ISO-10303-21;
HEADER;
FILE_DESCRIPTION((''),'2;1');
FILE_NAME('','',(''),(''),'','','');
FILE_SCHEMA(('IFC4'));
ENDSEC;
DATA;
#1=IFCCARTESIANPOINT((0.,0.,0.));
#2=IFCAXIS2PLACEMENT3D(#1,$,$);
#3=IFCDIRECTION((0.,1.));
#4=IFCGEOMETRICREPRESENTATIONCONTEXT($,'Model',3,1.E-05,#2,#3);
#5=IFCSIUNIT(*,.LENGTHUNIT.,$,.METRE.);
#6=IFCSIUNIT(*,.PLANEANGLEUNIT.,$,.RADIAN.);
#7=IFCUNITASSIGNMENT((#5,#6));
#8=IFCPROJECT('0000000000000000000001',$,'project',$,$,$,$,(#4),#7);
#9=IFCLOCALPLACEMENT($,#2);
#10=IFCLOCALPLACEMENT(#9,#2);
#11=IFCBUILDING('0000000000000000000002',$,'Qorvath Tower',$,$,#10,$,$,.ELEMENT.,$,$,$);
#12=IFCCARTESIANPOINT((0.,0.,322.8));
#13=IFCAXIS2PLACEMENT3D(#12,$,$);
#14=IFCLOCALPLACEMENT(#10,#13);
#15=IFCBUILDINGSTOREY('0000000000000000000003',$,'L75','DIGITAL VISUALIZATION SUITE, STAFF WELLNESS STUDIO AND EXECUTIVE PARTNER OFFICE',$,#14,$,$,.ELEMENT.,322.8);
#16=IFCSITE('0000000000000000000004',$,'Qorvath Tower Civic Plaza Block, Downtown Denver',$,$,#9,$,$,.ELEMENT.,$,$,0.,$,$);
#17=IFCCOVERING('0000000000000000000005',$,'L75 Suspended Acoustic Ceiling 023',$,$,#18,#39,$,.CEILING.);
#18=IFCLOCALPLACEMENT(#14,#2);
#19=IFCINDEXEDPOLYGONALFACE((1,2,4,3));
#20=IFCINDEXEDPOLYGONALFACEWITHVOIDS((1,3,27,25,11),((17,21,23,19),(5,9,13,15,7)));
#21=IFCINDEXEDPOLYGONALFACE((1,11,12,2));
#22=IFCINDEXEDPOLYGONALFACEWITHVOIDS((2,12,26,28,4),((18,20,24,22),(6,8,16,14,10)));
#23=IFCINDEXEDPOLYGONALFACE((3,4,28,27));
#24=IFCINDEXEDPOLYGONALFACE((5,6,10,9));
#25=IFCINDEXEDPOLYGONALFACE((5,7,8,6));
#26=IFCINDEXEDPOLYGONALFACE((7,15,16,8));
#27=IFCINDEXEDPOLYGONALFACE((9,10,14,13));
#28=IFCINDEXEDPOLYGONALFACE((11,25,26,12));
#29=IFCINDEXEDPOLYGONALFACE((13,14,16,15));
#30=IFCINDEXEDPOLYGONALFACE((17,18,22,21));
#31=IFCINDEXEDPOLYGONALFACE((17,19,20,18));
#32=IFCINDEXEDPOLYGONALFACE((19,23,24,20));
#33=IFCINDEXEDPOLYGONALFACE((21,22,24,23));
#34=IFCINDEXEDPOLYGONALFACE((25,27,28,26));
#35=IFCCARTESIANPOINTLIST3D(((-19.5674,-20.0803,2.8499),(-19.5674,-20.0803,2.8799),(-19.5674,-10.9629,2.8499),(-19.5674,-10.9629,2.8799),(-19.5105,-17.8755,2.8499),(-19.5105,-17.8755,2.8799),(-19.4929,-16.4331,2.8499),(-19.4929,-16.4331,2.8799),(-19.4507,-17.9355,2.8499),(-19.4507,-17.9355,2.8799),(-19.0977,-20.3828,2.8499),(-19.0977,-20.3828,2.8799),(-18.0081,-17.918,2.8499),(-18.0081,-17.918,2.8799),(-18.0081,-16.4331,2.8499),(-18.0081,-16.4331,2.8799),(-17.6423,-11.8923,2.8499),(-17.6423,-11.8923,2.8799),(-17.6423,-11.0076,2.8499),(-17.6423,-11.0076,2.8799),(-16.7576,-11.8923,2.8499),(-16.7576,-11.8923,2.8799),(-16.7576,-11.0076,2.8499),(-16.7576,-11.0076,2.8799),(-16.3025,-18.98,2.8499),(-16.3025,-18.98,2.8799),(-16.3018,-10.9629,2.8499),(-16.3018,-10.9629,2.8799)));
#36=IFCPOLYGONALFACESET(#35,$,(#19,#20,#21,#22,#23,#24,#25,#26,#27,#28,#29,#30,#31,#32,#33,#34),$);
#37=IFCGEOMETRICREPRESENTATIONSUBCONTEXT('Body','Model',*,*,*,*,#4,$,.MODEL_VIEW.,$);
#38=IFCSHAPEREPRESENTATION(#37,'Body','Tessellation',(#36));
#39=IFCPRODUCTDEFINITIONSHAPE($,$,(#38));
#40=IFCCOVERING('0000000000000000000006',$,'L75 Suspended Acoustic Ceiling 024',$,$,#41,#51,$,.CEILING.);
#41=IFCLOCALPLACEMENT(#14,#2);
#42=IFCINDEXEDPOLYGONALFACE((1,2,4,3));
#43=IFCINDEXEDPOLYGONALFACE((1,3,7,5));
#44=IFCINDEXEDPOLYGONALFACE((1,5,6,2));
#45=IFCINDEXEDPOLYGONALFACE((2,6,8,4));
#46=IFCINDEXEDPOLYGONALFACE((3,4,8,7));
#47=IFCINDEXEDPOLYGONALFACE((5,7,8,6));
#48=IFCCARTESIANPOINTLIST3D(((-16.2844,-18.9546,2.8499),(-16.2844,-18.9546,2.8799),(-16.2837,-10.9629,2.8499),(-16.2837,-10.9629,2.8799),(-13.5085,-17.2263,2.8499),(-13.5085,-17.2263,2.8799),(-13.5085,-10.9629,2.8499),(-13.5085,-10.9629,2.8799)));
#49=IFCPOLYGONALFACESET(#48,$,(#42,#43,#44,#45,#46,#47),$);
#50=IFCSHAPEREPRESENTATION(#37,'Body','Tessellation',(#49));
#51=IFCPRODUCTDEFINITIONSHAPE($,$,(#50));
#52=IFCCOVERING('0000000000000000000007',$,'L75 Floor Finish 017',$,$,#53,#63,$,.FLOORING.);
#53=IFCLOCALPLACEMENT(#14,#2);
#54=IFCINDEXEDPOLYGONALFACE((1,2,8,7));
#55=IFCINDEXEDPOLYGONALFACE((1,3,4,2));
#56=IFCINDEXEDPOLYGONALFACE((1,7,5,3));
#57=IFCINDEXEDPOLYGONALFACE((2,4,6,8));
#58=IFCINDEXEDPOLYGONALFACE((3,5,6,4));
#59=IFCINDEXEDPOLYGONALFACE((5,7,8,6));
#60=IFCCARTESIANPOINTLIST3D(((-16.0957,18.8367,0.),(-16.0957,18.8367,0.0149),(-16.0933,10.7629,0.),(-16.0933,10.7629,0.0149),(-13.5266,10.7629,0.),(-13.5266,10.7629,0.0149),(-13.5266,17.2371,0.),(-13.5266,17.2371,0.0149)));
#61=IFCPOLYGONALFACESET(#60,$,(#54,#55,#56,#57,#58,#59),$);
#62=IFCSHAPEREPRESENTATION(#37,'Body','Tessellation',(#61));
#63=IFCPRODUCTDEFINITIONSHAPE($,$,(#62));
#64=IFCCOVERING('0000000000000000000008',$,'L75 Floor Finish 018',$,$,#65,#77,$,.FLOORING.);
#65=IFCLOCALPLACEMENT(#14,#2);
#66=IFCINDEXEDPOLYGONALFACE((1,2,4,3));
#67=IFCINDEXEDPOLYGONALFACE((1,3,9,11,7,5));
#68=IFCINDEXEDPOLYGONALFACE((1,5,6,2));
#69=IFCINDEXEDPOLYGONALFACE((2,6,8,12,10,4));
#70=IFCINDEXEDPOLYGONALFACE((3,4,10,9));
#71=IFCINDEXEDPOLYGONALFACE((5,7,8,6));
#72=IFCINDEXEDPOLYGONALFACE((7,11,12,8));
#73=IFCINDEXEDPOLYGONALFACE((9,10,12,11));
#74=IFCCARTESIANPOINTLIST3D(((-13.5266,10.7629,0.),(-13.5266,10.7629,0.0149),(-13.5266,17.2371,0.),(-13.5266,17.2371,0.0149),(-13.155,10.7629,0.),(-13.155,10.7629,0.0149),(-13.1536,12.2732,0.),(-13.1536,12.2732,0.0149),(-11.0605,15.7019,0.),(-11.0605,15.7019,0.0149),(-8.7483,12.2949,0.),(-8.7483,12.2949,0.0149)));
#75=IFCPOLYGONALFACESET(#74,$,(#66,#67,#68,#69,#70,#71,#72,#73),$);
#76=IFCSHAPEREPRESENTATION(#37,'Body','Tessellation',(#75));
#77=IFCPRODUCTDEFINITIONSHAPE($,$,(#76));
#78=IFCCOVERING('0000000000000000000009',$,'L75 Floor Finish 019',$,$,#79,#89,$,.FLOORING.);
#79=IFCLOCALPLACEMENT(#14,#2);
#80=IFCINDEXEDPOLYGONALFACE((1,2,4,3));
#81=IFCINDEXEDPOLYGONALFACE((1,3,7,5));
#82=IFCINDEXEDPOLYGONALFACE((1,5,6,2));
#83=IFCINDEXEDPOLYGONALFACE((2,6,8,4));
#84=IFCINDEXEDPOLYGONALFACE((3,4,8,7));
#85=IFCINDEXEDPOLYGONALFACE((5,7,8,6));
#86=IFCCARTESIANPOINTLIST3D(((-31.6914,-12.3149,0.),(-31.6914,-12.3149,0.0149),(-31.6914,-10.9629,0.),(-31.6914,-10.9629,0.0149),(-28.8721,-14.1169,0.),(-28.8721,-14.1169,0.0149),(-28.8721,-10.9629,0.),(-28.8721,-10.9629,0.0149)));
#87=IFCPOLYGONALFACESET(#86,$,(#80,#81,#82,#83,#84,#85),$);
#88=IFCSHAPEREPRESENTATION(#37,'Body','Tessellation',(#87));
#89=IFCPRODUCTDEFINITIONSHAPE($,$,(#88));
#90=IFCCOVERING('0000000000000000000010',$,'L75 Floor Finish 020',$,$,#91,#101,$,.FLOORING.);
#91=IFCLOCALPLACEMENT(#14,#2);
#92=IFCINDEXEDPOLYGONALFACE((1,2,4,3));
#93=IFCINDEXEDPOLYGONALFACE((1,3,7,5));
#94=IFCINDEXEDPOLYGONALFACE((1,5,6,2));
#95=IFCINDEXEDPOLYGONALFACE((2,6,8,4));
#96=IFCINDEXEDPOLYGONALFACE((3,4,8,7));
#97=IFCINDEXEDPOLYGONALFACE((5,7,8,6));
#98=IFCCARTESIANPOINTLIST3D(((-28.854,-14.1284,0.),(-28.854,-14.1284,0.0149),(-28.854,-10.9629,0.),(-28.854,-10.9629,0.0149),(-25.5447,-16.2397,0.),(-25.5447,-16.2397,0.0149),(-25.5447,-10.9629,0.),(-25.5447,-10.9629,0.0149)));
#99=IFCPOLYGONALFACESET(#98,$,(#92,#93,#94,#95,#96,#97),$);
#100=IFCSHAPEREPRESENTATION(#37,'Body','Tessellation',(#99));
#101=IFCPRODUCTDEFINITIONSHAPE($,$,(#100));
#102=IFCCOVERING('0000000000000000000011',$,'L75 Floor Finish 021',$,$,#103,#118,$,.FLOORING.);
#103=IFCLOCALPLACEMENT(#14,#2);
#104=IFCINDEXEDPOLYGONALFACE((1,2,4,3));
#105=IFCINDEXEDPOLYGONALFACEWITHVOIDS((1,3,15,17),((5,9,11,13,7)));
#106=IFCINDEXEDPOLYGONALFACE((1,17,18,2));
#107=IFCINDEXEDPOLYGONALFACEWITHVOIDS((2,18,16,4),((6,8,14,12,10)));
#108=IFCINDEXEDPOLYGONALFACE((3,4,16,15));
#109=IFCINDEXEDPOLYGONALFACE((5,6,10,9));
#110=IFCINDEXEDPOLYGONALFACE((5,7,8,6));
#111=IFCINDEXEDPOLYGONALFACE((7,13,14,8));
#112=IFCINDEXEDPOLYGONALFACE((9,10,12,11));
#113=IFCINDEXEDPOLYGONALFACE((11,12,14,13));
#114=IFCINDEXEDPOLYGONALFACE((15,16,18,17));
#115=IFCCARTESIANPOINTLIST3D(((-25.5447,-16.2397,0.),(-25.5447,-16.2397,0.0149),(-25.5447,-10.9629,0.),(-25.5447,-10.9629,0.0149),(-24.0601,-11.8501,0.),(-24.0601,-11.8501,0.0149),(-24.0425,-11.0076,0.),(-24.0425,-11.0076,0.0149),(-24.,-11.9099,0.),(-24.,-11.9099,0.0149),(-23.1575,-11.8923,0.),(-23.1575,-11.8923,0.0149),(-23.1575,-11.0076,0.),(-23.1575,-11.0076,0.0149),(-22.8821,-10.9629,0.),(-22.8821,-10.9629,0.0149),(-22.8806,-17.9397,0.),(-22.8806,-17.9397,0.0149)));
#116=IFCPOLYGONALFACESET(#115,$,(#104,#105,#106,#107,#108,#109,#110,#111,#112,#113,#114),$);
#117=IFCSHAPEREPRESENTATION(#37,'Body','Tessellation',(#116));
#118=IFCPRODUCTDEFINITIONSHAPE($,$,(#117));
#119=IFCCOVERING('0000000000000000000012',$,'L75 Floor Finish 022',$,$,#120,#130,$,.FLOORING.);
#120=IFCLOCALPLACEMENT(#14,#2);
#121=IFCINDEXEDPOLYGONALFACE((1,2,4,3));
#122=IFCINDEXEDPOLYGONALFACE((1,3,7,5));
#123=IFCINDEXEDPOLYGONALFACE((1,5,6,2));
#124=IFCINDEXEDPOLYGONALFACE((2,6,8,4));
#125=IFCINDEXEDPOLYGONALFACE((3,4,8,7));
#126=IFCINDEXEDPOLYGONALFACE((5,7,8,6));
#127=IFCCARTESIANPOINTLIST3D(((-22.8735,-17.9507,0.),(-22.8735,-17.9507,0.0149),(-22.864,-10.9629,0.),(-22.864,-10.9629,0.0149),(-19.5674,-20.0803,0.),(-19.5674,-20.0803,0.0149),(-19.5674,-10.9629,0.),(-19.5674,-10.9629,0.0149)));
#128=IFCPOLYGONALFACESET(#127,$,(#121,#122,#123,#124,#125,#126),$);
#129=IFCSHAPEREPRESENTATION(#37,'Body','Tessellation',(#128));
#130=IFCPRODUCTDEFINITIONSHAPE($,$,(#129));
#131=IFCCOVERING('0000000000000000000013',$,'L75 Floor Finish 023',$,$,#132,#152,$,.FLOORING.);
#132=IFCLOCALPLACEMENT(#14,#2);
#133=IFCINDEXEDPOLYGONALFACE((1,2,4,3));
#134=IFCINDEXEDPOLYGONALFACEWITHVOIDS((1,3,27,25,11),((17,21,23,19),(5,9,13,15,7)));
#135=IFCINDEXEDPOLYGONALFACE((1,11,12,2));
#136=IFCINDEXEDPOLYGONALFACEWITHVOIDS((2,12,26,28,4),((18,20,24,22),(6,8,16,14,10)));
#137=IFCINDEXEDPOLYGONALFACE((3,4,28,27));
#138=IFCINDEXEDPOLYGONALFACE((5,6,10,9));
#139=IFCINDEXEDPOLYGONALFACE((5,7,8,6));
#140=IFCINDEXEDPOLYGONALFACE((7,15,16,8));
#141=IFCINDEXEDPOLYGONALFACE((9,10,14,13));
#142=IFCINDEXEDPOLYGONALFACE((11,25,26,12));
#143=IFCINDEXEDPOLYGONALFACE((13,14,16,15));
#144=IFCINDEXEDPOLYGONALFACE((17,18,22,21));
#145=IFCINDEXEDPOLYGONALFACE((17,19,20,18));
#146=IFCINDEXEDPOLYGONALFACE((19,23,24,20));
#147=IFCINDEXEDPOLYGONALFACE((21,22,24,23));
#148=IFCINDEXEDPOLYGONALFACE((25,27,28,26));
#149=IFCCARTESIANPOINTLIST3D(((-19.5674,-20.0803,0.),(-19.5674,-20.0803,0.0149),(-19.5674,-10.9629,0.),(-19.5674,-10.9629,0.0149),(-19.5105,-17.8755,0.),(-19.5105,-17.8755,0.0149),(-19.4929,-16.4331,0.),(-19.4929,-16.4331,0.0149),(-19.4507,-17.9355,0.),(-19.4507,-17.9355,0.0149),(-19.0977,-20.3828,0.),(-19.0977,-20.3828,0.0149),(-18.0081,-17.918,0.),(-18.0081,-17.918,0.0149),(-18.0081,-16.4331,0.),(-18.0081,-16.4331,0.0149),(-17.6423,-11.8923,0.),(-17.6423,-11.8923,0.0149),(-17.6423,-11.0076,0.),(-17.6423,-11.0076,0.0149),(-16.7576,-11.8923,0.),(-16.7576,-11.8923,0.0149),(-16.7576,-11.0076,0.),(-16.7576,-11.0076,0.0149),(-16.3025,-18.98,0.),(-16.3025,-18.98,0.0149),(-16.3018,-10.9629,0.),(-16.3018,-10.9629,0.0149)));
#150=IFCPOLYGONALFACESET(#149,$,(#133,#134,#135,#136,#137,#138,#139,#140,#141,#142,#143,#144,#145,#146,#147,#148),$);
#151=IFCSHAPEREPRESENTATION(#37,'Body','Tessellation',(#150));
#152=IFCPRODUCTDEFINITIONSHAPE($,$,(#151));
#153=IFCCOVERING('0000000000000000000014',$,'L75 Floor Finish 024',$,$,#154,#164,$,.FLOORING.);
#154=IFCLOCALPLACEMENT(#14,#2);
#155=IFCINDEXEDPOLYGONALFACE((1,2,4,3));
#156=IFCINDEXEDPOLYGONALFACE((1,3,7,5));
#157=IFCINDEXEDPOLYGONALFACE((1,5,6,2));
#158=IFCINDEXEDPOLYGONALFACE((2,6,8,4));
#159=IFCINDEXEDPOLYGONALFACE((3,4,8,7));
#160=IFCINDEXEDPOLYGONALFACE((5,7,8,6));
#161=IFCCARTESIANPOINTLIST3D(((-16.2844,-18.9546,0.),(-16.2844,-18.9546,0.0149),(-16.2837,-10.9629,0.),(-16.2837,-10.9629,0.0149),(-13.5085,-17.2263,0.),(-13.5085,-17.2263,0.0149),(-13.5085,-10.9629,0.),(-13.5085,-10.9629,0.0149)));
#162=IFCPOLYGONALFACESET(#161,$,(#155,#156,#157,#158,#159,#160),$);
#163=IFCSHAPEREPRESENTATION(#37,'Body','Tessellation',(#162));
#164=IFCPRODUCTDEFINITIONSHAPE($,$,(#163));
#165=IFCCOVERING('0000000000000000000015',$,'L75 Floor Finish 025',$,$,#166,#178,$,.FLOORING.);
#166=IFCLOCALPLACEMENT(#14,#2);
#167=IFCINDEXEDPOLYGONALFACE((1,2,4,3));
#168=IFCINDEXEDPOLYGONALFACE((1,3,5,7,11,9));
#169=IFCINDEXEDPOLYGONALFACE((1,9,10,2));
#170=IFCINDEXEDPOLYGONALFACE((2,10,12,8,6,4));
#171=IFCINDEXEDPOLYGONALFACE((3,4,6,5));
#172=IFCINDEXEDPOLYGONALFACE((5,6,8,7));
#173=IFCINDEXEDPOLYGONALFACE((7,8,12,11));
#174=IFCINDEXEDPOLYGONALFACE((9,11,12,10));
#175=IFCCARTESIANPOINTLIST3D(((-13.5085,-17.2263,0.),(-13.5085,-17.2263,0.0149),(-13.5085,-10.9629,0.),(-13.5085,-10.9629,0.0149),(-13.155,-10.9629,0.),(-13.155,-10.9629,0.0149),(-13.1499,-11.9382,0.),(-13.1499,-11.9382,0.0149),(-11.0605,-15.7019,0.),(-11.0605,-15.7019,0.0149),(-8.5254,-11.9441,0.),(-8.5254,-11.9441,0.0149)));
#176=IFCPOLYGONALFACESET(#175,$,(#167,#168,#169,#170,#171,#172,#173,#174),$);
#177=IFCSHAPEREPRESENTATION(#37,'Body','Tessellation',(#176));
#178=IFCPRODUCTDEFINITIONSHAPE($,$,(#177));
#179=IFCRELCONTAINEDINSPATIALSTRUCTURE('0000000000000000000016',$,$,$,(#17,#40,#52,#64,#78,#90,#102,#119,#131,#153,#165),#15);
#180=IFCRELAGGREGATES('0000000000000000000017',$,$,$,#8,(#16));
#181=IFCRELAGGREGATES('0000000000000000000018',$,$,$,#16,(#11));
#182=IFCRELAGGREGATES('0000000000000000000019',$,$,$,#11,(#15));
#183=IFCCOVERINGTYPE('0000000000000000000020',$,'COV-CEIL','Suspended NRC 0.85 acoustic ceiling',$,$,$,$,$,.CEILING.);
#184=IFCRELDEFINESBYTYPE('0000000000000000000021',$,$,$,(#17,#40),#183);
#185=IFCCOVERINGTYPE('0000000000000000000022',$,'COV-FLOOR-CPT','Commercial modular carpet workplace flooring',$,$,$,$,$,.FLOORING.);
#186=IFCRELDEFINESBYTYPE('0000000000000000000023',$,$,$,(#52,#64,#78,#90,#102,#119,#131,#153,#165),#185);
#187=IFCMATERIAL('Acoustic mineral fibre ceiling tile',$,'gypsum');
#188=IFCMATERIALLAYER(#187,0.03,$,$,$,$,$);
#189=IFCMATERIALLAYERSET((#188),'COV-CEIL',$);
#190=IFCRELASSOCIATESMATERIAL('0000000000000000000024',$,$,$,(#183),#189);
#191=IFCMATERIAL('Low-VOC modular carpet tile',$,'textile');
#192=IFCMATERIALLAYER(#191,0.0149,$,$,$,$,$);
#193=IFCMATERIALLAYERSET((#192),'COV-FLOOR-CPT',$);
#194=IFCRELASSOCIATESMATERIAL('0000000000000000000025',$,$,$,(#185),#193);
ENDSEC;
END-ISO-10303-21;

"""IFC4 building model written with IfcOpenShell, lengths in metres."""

from ifc_helpers import new_model, si_unit, direction, frame, origin, place, context, subcontext, project, spatial, polyline, outline, extrude, material, layer, layer_set, type_object, element, save


model = new_model("IFC4")

# Units and contexts
model_context = context("Model", 3, precision=1e-05, world=origin(), true_north=direction((0.0, 1.0)))
body_context = subcontext(model_context, "Body", "Model", "MODEL_VIEW")
ifc_project = project(units=[si_unit("LENGTHUNIT", "METRE"), si_unit("PLANEANGLEUNIT", "RADIAN")], contexts=[model_context])

# Site, building, storey
site_placement = place(None, origin())
site = spatial("IfcSite", under=ifc_project, at=site_placement, Name="Qorvath Tower Civic Plaza Block, Downtown Denver", CompositionType="ELEMENT", RefElevation=0.0)
building_placement = place(site_placement, origin())
building = spatial("IfcBuilding", under=site, at=building_placement, Name="Qorvath Tower", CompositionType="ELEMENT")
storey_placement = place(building_placement, frame((0.0, 0.0, 322.8)))
storey = spatial("IfcBuildingStorey", under=building, at=storey_placement, Name="L75", Description="DIGITAL VISUALIZATION SUITE, STAFF WELLNESS STUDIO AND EXECUTIVE PARTNER OFFICE", CompositionType="ELEMENT", Elevation=322.8)

# Coverings
ifc_material_1 = material(Name="Acoustic mineral fibre ceiling tile", Category="gypsum")
ifc_layer_1 = layer(ifc_material_1, 0.03)
ifc_layer_set_1 = layer_set([ifc_layer_1], Name="COV-CEIL")
covering_type_1 = type_object("IfcCoveringType", Name="COV-CEIL", Description="Suspended NRC 0.85 acoustic ceiling", PredefinedType="CEILING", material=ifc_layer_set_1)
covering_1_placement = place(storey_placement, frame((0.0, 0.0, 2.8499)))
element("IfcCovering", 1, at=covering_1_placement, inside=storey, type_object=covering_type_1, Name="L75 Suspended Acoustic Ceiling 023", PredefinedType="CEILING", context=body_context, shape_type="SweptSolid", body=[
    extrude(outline(polyline([(-19.5674, -10.9629), (-19.5674, -20.0803), (-19.0977, -20.3828), (-16.3025, -18.98), (-16.3018, -10.9629), (-19.5674, -10.9629)]), holes=[polyline([(-17.6423, -11.8923), (-17.6423, -11.0076), (-16.7576, -11.0076), (-16.7576, -11.8923), (-17.6423, -11.8923)]), polyline([(-19.4507, -17.9355), (-19.5105, -17.8755), (-19.4929, -16.4331), (-18.0081, -16.4331), (-18.0081, -17.918), (-19.4507, -17.9355)])]), origin(), (0.0, 0.0, 1.0), 0.03),
])
covering_2_placement = place(storey_placement, frame((0.0, 0.0, 2.8499)))
element("IfcCovering", 2, at=covering_2_placement, inside=storey, type_object=covering_type_1, Name="L75 Suspended Acoustic Ceiling 024", PredefinedType="CEILING", context=body_context, shape_type="SweptSolid", body=[
    extrude(outline(polyline([(-13.5085, -17.2263), (-13.5085, -10.9629), (-16.2837, -10.9629), (-16.2844, -18.9546), (-13.5085, -17.2263)])), origin(), (0.0, 0.0, 1.0), 0.03),
])
ifc_material_2 = material(Name="Low-VOC modular carpet tile", Category="textile")
ifc_layer_2 = layer(ifc_material_2, 0.0149)
ifc_layer_set_2 = layer_set([ifc_layer_2], Name="COV-FLOOR-CPT")
covering_type_2 = type_object("IfcCoveringType", Name="COV-FLOOR-CPT", Description="Commercial modular carpet workplace flooring", PredefinedType="FLOORING", material=ifc_layer_set_2)
covering_3_placement = place(storey_placement, origin())
element("IfcCovering", 3, at=covering_3_placement, inside=storey, type_object=covering_type_2, Name="L75 Floor Finish 017", PredefinedType="FLOORING", context=body_context, shape_type="SweptSolid", body=[
    extrude(outline(polyline([(-13.5266, 10.7629), (-13.5266, 17.2371), (-16.0957, 18.8367), (-16.0933, 10.7629), (-13.5266, 10.7629)])), origin(), (0.0, 0.0, 1.0), 0.0149),
])
covering_4_placement = place(storey_placement, origin())
element("IfcCovering", 4, at=covering_4_placement, inside=storey, type_object=covering_type_2, Name="L75 Floor Finish 018", PredefinedType="FLOORING", context=body_context, shape_type="SweptSolid", body=[
    extrude(outline(polyline([(-13.1536, 12.2732), (-8.7483, 12.2949), (-11.0605, 15.7019), (-13.5266, 17.2371), (-13.5266, 10.7629), (-13.155, 10.7629), (-13.1536, 12.2732)])), origin(), (0.0, 0.0, 1.0), 0.0149),
])
covering_5_placement = place(storey_placement, origin())
element("IfcCovering", 5, at=covering_5_placement, inside=storey, type_object=covering_type_2, Name="L75 Floor Finish 019", PredefinedType="FLOORING", context=body_context, shape_type="SweptSolid", body=[
    extrude(outline(polyline([(-31.6914, -12.3149), (-28.8721, -14.1169), (-28.8721, -10.9629), (-31.6914, -10.9629), (-31.6914, -12.3149)])), origin(), (0.0, 0.0, 1.0), 0.0149),
])
covering_6_placement = place(storey_placement, origin())
element("IfcCovering", 6, at=covering_6_placement, inside=storey, type_object=covering_type_2, Name="L75 Floor Finish 020", PredefinedType="FLOORING", context=body_context, shape_type="SweptSolid", body=[
    extrude(outline(polyline([(-28.854, -14.1284), (-25.5447, -16.2397), (-25.5447, -10.9629), (-28.854, -10.9629), (-28.854, -14.1284)])), origin(), (0.0, 0.0, 1.0), 0.0149),
])
covering_7_placement = place(storey_placement, origin())
element("IfcCovering", 7, at=covering_7_placement, inside=storey, type_object=covering_type_2, Name="L75 Floor Finish 021", PredefinedType="FLOORING", context=body_context, shape_type="SweptSolid", body=[
    extrude(outline(polyline([(-25.5447, -10.9629), (-25.5447, -16.2397), (-22.8806, -17.9397), (-22.8821, -10.9629), (-25.5447, -10.9629)]), holes=[polyline([(-24.0, -11.9099), (-24.0601, -11.8501), (-24.0425, -11.0076), (-23.1575, -11.0076), (-23.1575, -11.8923), (-24.0, -11.9099)])]), origin(), (0.0, 0.0, 1.0), 0.0149),
])
covering_8_placement = place(storey_placement, origin())
element("IfcCovering", 8, at=covering_8_placement, inside=storey, type_object=covering_type_2, Name="L75 Floor Finish 022", PredefinedType="FLOORING", context=body_context, shape_type="SweptSolid", body=[
    extrude(outline(polyline([(-22.8735, -17.9507), (-19.5674, -20.0803), (-19.5674, -10.9629), (-22.864, -10.9629), (-22.8735, -17.9507)])), origin(), (0.0, 0.0, 1.0), 0.0149),
])
covering_9_placement = place(storey_placement, origin())
element("IfcCovering", 9, at=covering_9_placement, inside=storey, type_object=covering_type_2, Name="L75 Floor Finish 023", PredefinedType="FLOORING", context=body_context, shape_type="SweptSolid", body=[
    extrude(outline(polyline([(-19.5674, -10.9629), (-19.5674, -20.0803), (-19.0977, -20.3828), (-16.3025, -18.98), (-16.3018, -10.9629), (-19.5674, -10.9629)]), holes=[polyline([(-17.6423, -11.8923), (-17.6423, -11.0076), (-16.7576, -11.0076), (-16.7576, -11.8923), (-17.6423, -11.8923)]), polyline([(-19.4507, -17.9355), (-19.5105, -17.8755), (-19.4929, -16.4331), (-18.0081, -16.4331), (-18.0081, -17.918), (-19.4507, -17.9355)])]), origin(), (0.0, 0.0, 1.0), 0.0149),
])
covering_10_placement = place(storey_placement, origin())
element("IfcCovering", 10, at=covering_10_placement, inside=storey, type_object=covering_type_2, Name="L75 Floor Finish 024", PredefinedType="FLOORING", context=body_context, shape_type="SweptSolid", body=[
    extrude(outline(polyline([(-13.5085, -17.2263), (-13.5085, -10.9629), (-16.2837, -10.9629), (-16.2844, -18.9546), (-13.5085, -17.2263)])), origin(), (0.0, 0.0, 1.0), 0.0149),
])
covering_11_placement = place(storey_placement, origin())
element("IfcCovering", 11, at=covering_11_placement, inside=storey, type_object=covering_type_2, Name="L75 Floor Finish 025", PredefinedType="FLOORING", context=body_context, shape_type="SweptSolid", body=[
    extrude(outline(polyline([(-13.155, -10.9629), (-13.5085, -10.9629), (-13.5085, -17.2263), (-11.0605, -15.7019), (-8.5254, -11.9441), (-13.1499, -11.9382), (-13.155, -10.9629)])), origin(), (0.0, 0.0, 1.0), 0.0149),
])

save(model, "model.ifc")
